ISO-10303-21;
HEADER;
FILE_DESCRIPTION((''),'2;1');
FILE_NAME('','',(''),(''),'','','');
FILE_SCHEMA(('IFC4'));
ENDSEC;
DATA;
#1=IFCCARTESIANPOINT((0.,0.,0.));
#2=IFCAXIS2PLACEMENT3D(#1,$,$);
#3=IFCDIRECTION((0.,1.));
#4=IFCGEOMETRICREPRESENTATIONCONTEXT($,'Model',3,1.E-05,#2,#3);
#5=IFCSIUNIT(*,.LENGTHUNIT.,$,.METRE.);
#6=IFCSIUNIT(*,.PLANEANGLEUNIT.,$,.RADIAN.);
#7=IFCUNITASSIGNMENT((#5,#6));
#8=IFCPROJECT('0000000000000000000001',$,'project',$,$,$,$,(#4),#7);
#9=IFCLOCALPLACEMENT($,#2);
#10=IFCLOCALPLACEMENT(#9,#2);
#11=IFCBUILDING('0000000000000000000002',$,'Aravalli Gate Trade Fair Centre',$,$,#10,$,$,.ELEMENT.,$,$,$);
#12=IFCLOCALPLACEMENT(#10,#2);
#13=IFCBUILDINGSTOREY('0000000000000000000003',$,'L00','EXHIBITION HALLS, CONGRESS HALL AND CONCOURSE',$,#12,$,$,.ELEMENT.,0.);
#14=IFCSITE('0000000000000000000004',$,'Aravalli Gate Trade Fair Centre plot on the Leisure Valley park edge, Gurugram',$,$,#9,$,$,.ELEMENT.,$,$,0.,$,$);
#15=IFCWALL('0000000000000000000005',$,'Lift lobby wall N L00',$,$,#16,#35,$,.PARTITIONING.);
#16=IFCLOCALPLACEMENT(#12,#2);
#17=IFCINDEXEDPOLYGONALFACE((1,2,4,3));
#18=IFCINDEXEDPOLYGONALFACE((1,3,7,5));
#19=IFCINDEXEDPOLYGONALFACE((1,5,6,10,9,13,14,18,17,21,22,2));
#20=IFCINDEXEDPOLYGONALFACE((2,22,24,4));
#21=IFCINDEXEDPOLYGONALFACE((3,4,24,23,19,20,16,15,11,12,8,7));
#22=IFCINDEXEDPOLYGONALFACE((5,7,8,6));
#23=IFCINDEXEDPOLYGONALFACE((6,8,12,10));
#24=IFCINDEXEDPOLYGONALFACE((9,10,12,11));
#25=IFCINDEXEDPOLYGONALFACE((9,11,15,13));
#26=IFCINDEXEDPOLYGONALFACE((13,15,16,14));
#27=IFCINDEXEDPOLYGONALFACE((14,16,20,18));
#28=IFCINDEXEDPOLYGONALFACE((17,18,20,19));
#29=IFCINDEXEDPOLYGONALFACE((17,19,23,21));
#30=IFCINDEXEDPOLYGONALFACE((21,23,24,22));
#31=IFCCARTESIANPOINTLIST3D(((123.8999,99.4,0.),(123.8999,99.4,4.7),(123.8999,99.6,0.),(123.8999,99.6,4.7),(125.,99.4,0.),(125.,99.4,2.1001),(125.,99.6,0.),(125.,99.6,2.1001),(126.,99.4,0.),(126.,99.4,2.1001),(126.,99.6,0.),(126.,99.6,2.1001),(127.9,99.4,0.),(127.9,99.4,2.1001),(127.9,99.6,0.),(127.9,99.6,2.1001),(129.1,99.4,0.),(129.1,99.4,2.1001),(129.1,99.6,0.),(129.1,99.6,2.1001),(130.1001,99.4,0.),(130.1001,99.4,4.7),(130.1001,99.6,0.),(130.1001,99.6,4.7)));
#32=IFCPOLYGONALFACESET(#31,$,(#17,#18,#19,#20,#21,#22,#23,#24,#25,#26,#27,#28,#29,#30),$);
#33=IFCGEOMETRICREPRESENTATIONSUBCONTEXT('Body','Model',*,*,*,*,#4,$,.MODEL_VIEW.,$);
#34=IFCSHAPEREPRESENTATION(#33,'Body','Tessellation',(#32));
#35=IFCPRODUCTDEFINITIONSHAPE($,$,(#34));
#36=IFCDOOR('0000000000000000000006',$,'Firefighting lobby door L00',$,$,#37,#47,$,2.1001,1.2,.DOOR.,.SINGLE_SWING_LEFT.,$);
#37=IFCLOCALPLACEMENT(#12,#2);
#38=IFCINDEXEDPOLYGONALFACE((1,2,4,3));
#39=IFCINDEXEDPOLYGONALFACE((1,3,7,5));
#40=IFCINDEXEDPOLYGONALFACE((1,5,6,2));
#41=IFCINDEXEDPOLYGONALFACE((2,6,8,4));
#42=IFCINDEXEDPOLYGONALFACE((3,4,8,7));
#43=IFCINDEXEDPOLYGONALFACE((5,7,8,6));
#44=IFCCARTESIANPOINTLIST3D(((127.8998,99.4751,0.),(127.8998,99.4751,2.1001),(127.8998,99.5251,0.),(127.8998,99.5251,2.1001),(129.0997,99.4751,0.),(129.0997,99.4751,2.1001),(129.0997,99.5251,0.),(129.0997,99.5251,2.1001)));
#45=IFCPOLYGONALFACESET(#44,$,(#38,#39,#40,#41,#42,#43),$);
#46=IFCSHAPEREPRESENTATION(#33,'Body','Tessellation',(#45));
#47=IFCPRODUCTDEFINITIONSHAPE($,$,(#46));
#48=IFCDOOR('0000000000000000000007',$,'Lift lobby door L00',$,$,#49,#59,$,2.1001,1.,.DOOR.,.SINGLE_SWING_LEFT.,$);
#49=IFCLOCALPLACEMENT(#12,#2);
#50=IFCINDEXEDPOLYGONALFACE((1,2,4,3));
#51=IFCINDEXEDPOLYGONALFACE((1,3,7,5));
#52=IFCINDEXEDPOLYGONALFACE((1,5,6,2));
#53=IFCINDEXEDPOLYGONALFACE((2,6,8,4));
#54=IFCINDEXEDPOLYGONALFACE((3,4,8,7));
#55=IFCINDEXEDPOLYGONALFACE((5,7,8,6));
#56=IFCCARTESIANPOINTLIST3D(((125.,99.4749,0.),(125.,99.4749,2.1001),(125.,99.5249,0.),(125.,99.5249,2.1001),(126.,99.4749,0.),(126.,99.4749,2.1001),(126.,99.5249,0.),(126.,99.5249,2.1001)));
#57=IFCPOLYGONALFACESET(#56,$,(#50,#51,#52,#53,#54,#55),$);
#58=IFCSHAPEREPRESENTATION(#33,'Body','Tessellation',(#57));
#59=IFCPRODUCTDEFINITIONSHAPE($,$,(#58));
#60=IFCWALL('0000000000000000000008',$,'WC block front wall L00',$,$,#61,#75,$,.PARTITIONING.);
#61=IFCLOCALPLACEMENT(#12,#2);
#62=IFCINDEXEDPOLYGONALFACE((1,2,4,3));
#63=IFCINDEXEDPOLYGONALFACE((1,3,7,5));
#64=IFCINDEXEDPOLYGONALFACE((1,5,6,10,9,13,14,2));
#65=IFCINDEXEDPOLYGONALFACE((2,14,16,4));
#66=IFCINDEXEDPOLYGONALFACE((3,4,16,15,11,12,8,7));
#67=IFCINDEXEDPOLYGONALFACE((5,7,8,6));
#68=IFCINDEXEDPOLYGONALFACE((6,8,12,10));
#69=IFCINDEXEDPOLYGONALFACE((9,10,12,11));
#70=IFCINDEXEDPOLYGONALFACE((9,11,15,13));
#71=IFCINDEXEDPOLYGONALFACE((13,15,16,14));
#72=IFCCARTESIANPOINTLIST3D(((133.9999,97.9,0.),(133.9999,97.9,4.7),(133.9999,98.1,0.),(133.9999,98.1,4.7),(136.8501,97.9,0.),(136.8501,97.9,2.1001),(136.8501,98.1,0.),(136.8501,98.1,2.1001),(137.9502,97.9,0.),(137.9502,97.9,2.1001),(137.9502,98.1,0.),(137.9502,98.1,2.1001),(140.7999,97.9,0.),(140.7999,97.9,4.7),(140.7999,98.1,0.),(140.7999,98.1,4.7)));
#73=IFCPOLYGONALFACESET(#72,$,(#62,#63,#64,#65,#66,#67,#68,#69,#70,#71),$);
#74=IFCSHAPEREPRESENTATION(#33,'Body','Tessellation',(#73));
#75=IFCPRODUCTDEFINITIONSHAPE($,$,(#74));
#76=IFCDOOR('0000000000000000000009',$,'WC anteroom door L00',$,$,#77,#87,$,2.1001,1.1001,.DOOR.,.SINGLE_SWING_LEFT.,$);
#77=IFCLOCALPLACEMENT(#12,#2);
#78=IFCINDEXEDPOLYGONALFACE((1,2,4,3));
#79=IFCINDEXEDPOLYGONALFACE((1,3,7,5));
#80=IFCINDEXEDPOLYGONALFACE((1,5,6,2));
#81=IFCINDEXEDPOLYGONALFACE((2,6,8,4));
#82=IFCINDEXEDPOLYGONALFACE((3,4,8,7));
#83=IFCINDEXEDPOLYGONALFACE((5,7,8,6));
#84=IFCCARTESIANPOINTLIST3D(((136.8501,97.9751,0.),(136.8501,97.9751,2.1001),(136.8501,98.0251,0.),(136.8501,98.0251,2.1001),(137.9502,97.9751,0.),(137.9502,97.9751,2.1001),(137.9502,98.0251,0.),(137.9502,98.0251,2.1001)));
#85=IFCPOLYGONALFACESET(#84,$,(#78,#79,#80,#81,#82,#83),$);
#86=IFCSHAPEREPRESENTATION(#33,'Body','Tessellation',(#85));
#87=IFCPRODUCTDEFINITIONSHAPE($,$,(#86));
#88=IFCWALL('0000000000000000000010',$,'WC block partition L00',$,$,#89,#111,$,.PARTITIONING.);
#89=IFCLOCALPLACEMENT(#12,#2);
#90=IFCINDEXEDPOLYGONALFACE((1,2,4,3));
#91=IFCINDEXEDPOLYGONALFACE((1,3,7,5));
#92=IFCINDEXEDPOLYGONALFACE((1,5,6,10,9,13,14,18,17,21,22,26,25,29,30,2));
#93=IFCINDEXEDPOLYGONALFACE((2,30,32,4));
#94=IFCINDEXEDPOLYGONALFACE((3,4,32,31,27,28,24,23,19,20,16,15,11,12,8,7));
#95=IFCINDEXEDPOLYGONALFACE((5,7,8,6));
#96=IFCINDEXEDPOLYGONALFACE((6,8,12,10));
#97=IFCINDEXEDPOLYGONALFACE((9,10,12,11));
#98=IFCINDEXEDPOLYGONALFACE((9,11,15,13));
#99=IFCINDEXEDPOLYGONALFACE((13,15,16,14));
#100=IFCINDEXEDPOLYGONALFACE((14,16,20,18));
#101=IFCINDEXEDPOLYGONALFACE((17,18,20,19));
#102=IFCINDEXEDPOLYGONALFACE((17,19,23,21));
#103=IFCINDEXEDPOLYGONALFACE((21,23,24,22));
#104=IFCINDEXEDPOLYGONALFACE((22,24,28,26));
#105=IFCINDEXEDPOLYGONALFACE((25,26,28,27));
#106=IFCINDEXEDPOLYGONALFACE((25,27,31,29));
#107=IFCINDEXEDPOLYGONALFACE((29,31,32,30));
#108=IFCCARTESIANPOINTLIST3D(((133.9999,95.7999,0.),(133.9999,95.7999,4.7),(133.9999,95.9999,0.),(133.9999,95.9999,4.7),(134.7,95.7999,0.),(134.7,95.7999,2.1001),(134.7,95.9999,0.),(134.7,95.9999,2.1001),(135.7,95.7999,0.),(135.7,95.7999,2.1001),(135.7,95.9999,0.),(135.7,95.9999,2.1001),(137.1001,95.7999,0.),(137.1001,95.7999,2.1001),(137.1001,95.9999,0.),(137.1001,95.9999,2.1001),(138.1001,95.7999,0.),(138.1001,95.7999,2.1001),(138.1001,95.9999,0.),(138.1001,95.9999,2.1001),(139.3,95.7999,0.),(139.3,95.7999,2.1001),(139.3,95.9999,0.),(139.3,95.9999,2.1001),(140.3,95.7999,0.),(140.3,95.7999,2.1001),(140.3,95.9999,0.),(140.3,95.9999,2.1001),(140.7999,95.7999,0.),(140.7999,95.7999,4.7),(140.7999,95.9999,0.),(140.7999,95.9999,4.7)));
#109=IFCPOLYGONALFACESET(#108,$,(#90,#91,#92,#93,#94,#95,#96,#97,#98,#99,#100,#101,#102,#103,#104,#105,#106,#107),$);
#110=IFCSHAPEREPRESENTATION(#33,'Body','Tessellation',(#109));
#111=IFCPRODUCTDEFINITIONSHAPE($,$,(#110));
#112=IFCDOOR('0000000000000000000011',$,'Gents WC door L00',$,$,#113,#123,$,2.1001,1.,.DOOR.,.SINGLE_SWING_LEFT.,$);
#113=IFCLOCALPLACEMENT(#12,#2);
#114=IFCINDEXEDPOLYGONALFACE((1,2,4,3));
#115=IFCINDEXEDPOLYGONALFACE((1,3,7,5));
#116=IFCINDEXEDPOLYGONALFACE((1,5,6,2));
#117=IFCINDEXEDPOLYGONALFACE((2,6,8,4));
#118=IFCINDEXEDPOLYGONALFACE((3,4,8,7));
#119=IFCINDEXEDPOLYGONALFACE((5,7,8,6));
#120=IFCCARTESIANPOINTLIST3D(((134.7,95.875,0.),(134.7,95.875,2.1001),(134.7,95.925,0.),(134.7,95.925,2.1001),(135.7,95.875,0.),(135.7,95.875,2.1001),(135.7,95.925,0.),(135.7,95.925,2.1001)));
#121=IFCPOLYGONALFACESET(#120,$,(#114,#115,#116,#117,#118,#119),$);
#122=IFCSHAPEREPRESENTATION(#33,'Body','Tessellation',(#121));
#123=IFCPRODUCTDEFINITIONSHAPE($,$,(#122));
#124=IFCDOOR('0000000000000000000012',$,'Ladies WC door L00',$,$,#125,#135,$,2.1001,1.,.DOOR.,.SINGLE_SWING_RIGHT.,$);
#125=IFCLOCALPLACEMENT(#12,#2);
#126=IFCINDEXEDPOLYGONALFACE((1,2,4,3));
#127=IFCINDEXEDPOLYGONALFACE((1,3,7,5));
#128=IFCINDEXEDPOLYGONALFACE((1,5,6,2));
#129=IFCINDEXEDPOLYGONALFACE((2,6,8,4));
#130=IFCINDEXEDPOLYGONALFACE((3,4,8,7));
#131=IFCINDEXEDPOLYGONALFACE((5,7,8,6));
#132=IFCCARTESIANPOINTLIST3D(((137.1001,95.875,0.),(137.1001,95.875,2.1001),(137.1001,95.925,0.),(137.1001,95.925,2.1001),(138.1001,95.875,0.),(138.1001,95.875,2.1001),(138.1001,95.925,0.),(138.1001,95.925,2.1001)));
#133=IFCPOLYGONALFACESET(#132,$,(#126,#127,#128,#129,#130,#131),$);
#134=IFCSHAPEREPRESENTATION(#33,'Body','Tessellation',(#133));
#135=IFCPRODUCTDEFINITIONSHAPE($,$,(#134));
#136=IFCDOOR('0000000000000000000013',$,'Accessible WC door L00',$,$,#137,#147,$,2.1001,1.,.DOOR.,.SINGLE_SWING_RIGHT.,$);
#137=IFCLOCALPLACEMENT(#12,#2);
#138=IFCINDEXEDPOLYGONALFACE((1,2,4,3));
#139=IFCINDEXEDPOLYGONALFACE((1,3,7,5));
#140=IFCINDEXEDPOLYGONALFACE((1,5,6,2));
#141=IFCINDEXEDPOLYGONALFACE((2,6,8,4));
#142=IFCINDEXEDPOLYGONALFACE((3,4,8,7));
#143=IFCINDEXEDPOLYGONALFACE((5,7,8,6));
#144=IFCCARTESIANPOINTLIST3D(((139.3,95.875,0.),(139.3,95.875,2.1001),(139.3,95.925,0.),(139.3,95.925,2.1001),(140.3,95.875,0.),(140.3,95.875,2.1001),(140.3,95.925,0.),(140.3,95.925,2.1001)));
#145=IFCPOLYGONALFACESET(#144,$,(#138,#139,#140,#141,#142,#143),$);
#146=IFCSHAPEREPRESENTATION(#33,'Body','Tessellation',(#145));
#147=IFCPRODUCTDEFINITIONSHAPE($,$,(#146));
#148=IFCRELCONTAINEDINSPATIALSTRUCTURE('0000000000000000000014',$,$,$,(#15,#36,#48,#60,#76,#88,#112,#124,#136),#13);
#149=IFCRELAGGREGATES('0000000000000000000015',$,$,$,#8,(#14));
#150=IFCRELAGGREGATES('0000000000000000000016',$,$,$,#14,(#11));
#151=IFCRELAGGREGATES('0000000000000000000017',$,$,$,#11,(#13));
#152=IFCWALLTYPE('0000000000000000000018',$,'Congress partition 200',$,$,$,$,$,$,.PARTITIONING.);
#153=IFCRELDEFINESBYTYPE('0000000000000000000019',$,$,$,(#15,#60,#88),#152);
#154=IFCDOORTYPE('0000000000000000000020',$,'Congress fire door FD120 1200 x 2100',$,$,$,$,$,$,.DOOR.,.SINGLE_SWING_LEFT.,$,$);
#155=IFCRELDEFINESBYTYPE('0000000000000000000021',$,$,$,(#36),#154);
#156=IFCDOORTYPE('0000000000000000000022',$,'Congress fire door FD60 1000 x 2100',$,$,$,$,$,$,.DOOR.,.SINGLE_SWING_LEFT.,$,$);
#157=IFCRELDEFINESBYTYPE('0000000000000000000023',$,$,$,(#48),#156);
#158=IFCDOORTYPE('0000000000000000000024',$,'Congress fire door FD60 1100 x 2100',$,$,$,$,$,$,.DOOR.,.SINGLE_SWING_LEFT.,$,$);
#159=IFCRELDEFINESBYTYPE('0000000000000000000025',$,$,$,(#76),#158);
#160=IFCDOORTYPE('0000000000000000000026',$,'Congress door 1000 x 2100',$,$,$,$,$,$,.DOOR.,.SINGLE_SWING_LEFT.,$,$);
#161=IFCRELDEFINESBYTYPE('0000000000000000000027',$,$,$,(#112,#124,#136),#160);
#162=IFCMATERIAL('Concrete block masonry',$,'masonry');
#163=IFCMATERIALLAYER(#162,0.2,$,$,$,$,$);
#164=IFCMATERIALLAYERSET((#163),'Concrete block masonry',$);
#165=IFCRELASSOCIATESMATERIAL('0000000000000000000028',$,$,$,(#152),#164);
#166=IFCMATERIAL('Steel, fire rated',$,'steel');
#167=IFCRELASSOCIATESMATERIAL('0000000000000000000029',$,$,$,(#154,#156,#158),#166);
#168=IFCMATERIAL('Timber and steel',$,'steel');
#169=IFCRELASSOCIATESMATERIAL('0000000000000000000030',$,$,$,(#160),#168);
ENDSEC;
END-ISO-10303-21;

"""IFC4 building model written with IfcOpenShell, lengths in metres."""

from ifc_helpers import new_model, si_unit, direction, frame, frame_2d, origin, place, context, subcontext, project, spatial, rectangle, extrude, material, layer, layer_set, type_object, element, fill, save


model = new_model("IFC4")

# Units and contexts
model_context = context("Model", 3, precision=1e-05, world=origin(), true_north=direction((0.0, 1.0)))
body_context = subcontext(model_context, "Body", "Model", "MODEL_VIEW")
ifc_project = project(units=[si_unit("LENGTHUNIT", "METRE"), si_unit("PLANEANGLEUNIT", "RADIAN")], contexts=[model_context])

# Site, building, storey
site_placement = place(None, origin())
site = spatial("IfcSite", under=ifc_project, at=site_placement, Name="Aravalli Gate Trade Fair Centre plot on the Leisure Valley park edge, Gurugram", CompositionType="ELEMENT", RefElevation=0.0)
building_placement = place(site_placement, origin())
building = spatial("IfcBuilding", under=site, at=building_placement, Name="Aravalli Gate Trade Fair Centre", CompositionType="ELEMENT")
storey_placement = place(building_placement, origin())
storey = spatial("IfcBuildingStorey", under=building, at=storey_placement, Name="L00", Description="EXHIBITION HALLS, CONGRESS HALL AND CONCOURSE", CompositionType="ELEMENT", Elevation=0.0)

# Shared definitions
ifc_material_1 = material(Name="Steel, fire rated", Category="steel")

# Shared definitions
ifc_material_2 = material(Name="Concrete block masonry", Category="masonry")
ifc_layer_1 = layer(ifc_material_2, 0.2)
ifc_layer_set_1 = layer_set([ifc_layer_1], Name="Concrete block masonry")
wall_type_1 = type_object("IfcWallType", Name="Congress partition 200", PredefinedType="PARTITIONING", material=ifc_layer_set_1)

# Wall, openings, doors
wall_1_placement = place(storey_placement, frame((123.8999, 99.5, 0.0), z_axis=(0.0, 0.0, 1.0), x_axis=(1.0, 0.0, 0.0)))
wall_1 = element("IfcWall", 1, at=wall_1_placement, inside=storey, type_object=wall_type_1, Name="Lift lobby wall N L00", PredefinedType="PARTITIONING", context=body_context, shape_type="SweptSolid", body=[
    extrude(rectangle(XDim=6.2002, YDim=0.2, at=frame_2d((3.1001, 0.0))), origin(), (0.0, 0.0, 1.0), 4.7),
])
opening_1_placement = place(wall_1_placement, frame((1.1001, 0.0, 0.0)))
opening_1 = element("IfcOpeningElement", 2, at=opening_1_placement, cuts=wall_1, PredefinedType="OPENING", context=body_context, shape_type="SweptSolid", body=[
    extrude(rectangle(XDim=1.0, YDim=2.1001, at=frame_2d((0.5, 1.05))), frame((0.0, 0.1099, 0.0), z_axis=(0.0, -1.0, 0.0), x_axis=(1.0, 0.0, 0.0)), (0.0, 0.0, 1.0), 0.22),
])
opening_2_placement = place(wall_1_placement, frame((4.0, 0.0, 0.0)))
opening_2 = element("IfcOpeningElement", 3, at=opening_2_placement, cuts=wall_1, PredefinedType="OPENING", context=body_context, shape_type="SweptSolid", body=[
    extrude(rectangle(XDim=1.2, YDim=2.1001, at=frame_2d((0.6001, 1.05))), frame((0.0, 0.1099, 0.0), z_axis=(0.0, -1.0, 0.0), x_axis=(1.0, 0.0, 0.0)), (0.0, 0.0, 1.0), 0.22),
])
door_type_1 = type_object("IfcDoorType", Name="Congress fire door FD120 1200 x 2100", OperationType="SINGLE_SWING_LEFT", PredefinedType="DOOR", material=ifc_material_1)
door_1_placement = place(opening_2_placement, frame((1.2, 0.0, 0.0), z_axis=(0.0, 0.0, 1.0), x_axis=(-1.0, 0.0, 0.0)))
door_1 = element("IfcDoor", 4, at=door_1_placement, inside=storey, type_object=door_type_1, Name="Firefighting lobby door L00", OperationType="SINGLE_SWING_LEFT", OverallHeight=2.1001, OverallWidth=1.2, PredefinedType="DOOR", context=body_context, shape_type="SweptSolid", body=[
    extrude(rectangle(XDim=1.2, YDim=2.1001, at=frame_2d((0.6001, 1.05))), frame((0.0, 0.0249, 0.0), z_axis=(0.0, -1.0, 0.0), x_axis=(1.0, 0.0, 0.0)), (0.0, 0.0, 1.0), 0.05),
])
fill(opening_2, door_1)
door_type_2 = type_object("IfcDoorType", Name="Congress fire door FD60 1000 x 2100", OperationType="SINGLE_SWING_LEFT", PredefinedType="DOOR", material=ifc_material_1)
door_2_placement = place(opening_1_placement, origin())
door_2 = element("IfcDoor", 5, at=door_2_placement, inside=storey, type_object=door_type_2, Name="Lift lobby door L00", OperationType="SINGLE_SWING_LEFT", OverallHeight=2.1001, OverallWidth=1.0, PredefinedType="DOOR", context=body_context, shape_type="SweptSolid", body=[
    extrude(rectangle(XDim=1.0, YDim=2.1001, at=frame_2d((0.5, 1.05))), frame((0.0, 0.0249, 0.0), z_axis=(0.0, -1.0, 0.0), x_axis=(1.0, 0.0, 0.0)), (0.0, 0.0, 1.0), 0.05),
])
fill(opening_1, door_2)

# Wall, opening, door
wall_2_placement = place(storey_placement, frame((134.0, 98.0, 0.0), z_axis=(0.0, 0.0, 1.0), x_axis=(1.0, 0.0, 0.0)))
wall_2 = element("IfcWall", 6, at=wall_2_placement, inside=storey, type_object=wall_type_1, Name="WC block front wall L00", PredefinedType="PARTITIONING", context=body_context, shape_type="SweptSolid", body=[
    extrude(rectangle(XDim=6.8, YDim=0.2, at=frame_2d((3.3999, 0.0))), origin(), (0.0, 0.0, 1.0), 4.7),
])
opening_3_placement = place(wall_2_placement, frame((2.8501, 0.0, 0.0)))
opening_3 = element("IfcOpeningElement", 7, at=opening_3_placement, cuts=wall_2, PredefinedType="OPENING", context=body_context, shape_type="SweptSolid", body=[
    extrude(rectangle(XDim=1.1001, YDim=2.1001, at=frame_2d((0.55, 1.05))), frame((0.0, 0.1099, 0.0), z_axis=(0.0, -1.0, 0.0), x_axis=(1.0, 0.0, 0.0)), (0.0, 0.0, 1.0), 0.22),
])
door_type_3 = type_object("IfcDoorType", Name="Congress fire door FD60 1100 x 2100", OperationType="SINGLE_SWING_LEFT", PredefinedType="DOOR", material=ifc_material_1)
door_3_placement = place(opening_3_placement, frame((1.1001, 0.0, 0.0), z_axis=(0.0, 0.0, 1.0), x_axis=(-1.0, 0.0, 0.0)))
door_3 = element("IfcDoor", 8, at=door_3_placement, inside=storey, type_object=door_type_3, Name="WC anteroom door L00", OperationType="SINGLE_SWING_LEFT", OverallHeight=2.1001, OverallWidth=1.1001, PredefinedType="DOOR", context=body_context, shape_type="SweptSolid", body=[
    extrude(rectangle(XDim=1.1001, YDim=2.1001, at=frame_2d((0.55, 1.05))), frame((0.0, 0.0249, 0.0), z_axis=(0.0, -1.0, 0.0), x_axis=(1.0, 0.0, 0.0)), (0.0, 0.0, 1.0), 0.05),
])
fill(opening_3, door_3)

# Wall, openings, doors
wall_3_placement = place(storey_placement, frame((134.0, 95.8999, 0.0), z_axis=(0.0, 0.0, 1.0), x_axis=(1.0, 0.0, 0.0)))
wall_3 = element("IfcWall", 9, at=wall_3_placement, inside=storey, type_object=wall_type_1, Name="WC block partition L00", PredefinedType="PARTITIONING", context=body_context, shape_type="SweptSolid", body=[
    extrude(rectangle(XDim=6.8, YDim=0.2, at=frame_2d((3.3999, 0.0))), origin(), (0.0, 0.0, 1.0), 4.7),
])
opening_4_placement = place(wall_3_placement, frame((0.7, 0.0, 0.0)))
opening_4 = element("IfcOpeningElement", 10, at=opening_4_placement, cuts=wall_3, PredefinedType="OPENING", context=body_context, shape_type="SweptSolid", body=[
    extrude(rectangle(XDim=1.0, YDim=2.1001, at=frame_2d((0.5, 1.05))), frame((0.0, 0.1099, 0.0), z_axis=(0.0, -1.0, 0.0), x_axis=(1.0, 0.0, 0.0)), (0.0, 0.0, 1.0), 0.22),
])
opening_5_placement = place(wall_3_placement, frame((3.1001, 0.0, 0.0)))
opening_5 = element("IfcOpeningElement", 11, at=opening_5_placement, cuts=wall_3, PredefinedType="OPENING", context=body_context, shape_type="SweptSolid", body=[
    extrude(rectangle(XDim=1.0, YDim=2.1001, at=frame_2d((0.5, 1.05))), frame((0.0, 0.1099, 0.0), z_axis=(0.0, -1.0, 0.0), x_axis=(1.0, 0.0, 0.0)), (0.0, 0.0, 1.0), 0.22),
])
opening_6_placement = place(wall_3_placement, frame((5.3, 0.0, 0.0)))
opening_6 = element("IfcOpeningElement", 12, at=opening_6_placement, cuts=wall_3, PredefinedType="OPENING", context=body_context, shape_type="SweptSolid", body=[
    extrude(rectangle(XDim=1.0, YDim=2.1001, at=frame_2d((0.5, 1.05))), frame((0.0, 0.1099, 0.0), z_axis=(0.0, -1.0, 0.0), x_axis=(1.0, 0.0, 0.0)), (0.0, 0.0, 1.0), 0.22),
])
ifc_material_3 = material(Name="Timber and steel", Category="steel")
door_type_4 = type_object("IfcDoorType", Name="Congress door 1000 x 2100", OperationType="SINGLE_SWING_LEFT", PredefinedType="DOOR", material=ifc_material_3)
door_4_placement = place(opening_4_placement, frame((1.0, 0.0, 0.0), z_axis=(0.0, 0.0, 1.0), x_axis=(-1.0, 0.0, 0.0)))
door_4 = element("IfcDoor", 13, at=door_4_placement, inside=storey, type_object=door_type_4, Name="Gents WC door L00", OperationType="SINGLE_SWING_LEFT", OverallHeight=2.1001, OverallWidth=1.0, PredefinedType="DOOR", context=body_context, shape_type="SweptSolid", body=[
    extrude(rectangle(XDim=1.0, YDim=2.1001, at=frame_2d((0.5, 1.05))), frame((0.0, 0.0249, 0.0), z_axis=(0.0, -1.0, 0.0), x_axis=(1.0, 0.0, 0.0)), (0.0, 0.0, 1.0), 0.05),
])
fill(opening_4, door_4)
door_5_placement = place(opening_5_placement, frame((1.0, 0.0, 0.0), z_axis=(0.0, 0.0, 1.0), x_axis=(-1.0, 0.0, 0.0)))
door_5 = element("IfcDoor", 14, at=door_5_placement, inside=storey, type_object=door_type_4, Name="Ladies WC door L00", OperationType="SINGLE_SWING_RIGHT", OverallHeight=2.1001, OverallWidth=1.0, PredefinedType="DOOR", context=body_context, shape_type="SweptSolid", body=[
    extrude(rectangle(XDim=1.0, YDim=2.1001, at=frame_2d((0.5, 1.05))), frame((0.0, 0.0249, 0.0), z_axis=(0.0, -1.0, 0.0), x_axis=(1.0, 0.0, 0.0)), (0.0, 0.0, 1.0), 0.05),
])
fill(opening_5, door_5)
door_6_placement = place(opening_6_placement, frame((1.0, 0.0, 0.0), z_axis=(0.0, 0.0, 1.0), x_axis=(-1.0, 0.0, 0.0)))
door_6 = element("IfcDoor", 15, at=door_6_placement, inside=storey, type_object=door_type_4, Name="Accessible WC door L00", OperationType="SINGLE_SWING_RIGHT", OverallHeight=2.1001, OverallWidth=1.0, PredefinedType="DOOR", context=body_context, shape_type="SweptSolid", body=[
    extrude(rectangle(XDim=1.0, YDim=2.1001, at=frame_2d((0.5, 1.05))), frame((0.0, 0.0249, 0.0), z_axis=(0.0, -1.0, 0.0), x_axis=(1.0, 0.0, 0.0)), (0.0, 0.0, 1.0), 0.05),
])
fill(opening_6, door_6)

save(model, "model.ifc")
